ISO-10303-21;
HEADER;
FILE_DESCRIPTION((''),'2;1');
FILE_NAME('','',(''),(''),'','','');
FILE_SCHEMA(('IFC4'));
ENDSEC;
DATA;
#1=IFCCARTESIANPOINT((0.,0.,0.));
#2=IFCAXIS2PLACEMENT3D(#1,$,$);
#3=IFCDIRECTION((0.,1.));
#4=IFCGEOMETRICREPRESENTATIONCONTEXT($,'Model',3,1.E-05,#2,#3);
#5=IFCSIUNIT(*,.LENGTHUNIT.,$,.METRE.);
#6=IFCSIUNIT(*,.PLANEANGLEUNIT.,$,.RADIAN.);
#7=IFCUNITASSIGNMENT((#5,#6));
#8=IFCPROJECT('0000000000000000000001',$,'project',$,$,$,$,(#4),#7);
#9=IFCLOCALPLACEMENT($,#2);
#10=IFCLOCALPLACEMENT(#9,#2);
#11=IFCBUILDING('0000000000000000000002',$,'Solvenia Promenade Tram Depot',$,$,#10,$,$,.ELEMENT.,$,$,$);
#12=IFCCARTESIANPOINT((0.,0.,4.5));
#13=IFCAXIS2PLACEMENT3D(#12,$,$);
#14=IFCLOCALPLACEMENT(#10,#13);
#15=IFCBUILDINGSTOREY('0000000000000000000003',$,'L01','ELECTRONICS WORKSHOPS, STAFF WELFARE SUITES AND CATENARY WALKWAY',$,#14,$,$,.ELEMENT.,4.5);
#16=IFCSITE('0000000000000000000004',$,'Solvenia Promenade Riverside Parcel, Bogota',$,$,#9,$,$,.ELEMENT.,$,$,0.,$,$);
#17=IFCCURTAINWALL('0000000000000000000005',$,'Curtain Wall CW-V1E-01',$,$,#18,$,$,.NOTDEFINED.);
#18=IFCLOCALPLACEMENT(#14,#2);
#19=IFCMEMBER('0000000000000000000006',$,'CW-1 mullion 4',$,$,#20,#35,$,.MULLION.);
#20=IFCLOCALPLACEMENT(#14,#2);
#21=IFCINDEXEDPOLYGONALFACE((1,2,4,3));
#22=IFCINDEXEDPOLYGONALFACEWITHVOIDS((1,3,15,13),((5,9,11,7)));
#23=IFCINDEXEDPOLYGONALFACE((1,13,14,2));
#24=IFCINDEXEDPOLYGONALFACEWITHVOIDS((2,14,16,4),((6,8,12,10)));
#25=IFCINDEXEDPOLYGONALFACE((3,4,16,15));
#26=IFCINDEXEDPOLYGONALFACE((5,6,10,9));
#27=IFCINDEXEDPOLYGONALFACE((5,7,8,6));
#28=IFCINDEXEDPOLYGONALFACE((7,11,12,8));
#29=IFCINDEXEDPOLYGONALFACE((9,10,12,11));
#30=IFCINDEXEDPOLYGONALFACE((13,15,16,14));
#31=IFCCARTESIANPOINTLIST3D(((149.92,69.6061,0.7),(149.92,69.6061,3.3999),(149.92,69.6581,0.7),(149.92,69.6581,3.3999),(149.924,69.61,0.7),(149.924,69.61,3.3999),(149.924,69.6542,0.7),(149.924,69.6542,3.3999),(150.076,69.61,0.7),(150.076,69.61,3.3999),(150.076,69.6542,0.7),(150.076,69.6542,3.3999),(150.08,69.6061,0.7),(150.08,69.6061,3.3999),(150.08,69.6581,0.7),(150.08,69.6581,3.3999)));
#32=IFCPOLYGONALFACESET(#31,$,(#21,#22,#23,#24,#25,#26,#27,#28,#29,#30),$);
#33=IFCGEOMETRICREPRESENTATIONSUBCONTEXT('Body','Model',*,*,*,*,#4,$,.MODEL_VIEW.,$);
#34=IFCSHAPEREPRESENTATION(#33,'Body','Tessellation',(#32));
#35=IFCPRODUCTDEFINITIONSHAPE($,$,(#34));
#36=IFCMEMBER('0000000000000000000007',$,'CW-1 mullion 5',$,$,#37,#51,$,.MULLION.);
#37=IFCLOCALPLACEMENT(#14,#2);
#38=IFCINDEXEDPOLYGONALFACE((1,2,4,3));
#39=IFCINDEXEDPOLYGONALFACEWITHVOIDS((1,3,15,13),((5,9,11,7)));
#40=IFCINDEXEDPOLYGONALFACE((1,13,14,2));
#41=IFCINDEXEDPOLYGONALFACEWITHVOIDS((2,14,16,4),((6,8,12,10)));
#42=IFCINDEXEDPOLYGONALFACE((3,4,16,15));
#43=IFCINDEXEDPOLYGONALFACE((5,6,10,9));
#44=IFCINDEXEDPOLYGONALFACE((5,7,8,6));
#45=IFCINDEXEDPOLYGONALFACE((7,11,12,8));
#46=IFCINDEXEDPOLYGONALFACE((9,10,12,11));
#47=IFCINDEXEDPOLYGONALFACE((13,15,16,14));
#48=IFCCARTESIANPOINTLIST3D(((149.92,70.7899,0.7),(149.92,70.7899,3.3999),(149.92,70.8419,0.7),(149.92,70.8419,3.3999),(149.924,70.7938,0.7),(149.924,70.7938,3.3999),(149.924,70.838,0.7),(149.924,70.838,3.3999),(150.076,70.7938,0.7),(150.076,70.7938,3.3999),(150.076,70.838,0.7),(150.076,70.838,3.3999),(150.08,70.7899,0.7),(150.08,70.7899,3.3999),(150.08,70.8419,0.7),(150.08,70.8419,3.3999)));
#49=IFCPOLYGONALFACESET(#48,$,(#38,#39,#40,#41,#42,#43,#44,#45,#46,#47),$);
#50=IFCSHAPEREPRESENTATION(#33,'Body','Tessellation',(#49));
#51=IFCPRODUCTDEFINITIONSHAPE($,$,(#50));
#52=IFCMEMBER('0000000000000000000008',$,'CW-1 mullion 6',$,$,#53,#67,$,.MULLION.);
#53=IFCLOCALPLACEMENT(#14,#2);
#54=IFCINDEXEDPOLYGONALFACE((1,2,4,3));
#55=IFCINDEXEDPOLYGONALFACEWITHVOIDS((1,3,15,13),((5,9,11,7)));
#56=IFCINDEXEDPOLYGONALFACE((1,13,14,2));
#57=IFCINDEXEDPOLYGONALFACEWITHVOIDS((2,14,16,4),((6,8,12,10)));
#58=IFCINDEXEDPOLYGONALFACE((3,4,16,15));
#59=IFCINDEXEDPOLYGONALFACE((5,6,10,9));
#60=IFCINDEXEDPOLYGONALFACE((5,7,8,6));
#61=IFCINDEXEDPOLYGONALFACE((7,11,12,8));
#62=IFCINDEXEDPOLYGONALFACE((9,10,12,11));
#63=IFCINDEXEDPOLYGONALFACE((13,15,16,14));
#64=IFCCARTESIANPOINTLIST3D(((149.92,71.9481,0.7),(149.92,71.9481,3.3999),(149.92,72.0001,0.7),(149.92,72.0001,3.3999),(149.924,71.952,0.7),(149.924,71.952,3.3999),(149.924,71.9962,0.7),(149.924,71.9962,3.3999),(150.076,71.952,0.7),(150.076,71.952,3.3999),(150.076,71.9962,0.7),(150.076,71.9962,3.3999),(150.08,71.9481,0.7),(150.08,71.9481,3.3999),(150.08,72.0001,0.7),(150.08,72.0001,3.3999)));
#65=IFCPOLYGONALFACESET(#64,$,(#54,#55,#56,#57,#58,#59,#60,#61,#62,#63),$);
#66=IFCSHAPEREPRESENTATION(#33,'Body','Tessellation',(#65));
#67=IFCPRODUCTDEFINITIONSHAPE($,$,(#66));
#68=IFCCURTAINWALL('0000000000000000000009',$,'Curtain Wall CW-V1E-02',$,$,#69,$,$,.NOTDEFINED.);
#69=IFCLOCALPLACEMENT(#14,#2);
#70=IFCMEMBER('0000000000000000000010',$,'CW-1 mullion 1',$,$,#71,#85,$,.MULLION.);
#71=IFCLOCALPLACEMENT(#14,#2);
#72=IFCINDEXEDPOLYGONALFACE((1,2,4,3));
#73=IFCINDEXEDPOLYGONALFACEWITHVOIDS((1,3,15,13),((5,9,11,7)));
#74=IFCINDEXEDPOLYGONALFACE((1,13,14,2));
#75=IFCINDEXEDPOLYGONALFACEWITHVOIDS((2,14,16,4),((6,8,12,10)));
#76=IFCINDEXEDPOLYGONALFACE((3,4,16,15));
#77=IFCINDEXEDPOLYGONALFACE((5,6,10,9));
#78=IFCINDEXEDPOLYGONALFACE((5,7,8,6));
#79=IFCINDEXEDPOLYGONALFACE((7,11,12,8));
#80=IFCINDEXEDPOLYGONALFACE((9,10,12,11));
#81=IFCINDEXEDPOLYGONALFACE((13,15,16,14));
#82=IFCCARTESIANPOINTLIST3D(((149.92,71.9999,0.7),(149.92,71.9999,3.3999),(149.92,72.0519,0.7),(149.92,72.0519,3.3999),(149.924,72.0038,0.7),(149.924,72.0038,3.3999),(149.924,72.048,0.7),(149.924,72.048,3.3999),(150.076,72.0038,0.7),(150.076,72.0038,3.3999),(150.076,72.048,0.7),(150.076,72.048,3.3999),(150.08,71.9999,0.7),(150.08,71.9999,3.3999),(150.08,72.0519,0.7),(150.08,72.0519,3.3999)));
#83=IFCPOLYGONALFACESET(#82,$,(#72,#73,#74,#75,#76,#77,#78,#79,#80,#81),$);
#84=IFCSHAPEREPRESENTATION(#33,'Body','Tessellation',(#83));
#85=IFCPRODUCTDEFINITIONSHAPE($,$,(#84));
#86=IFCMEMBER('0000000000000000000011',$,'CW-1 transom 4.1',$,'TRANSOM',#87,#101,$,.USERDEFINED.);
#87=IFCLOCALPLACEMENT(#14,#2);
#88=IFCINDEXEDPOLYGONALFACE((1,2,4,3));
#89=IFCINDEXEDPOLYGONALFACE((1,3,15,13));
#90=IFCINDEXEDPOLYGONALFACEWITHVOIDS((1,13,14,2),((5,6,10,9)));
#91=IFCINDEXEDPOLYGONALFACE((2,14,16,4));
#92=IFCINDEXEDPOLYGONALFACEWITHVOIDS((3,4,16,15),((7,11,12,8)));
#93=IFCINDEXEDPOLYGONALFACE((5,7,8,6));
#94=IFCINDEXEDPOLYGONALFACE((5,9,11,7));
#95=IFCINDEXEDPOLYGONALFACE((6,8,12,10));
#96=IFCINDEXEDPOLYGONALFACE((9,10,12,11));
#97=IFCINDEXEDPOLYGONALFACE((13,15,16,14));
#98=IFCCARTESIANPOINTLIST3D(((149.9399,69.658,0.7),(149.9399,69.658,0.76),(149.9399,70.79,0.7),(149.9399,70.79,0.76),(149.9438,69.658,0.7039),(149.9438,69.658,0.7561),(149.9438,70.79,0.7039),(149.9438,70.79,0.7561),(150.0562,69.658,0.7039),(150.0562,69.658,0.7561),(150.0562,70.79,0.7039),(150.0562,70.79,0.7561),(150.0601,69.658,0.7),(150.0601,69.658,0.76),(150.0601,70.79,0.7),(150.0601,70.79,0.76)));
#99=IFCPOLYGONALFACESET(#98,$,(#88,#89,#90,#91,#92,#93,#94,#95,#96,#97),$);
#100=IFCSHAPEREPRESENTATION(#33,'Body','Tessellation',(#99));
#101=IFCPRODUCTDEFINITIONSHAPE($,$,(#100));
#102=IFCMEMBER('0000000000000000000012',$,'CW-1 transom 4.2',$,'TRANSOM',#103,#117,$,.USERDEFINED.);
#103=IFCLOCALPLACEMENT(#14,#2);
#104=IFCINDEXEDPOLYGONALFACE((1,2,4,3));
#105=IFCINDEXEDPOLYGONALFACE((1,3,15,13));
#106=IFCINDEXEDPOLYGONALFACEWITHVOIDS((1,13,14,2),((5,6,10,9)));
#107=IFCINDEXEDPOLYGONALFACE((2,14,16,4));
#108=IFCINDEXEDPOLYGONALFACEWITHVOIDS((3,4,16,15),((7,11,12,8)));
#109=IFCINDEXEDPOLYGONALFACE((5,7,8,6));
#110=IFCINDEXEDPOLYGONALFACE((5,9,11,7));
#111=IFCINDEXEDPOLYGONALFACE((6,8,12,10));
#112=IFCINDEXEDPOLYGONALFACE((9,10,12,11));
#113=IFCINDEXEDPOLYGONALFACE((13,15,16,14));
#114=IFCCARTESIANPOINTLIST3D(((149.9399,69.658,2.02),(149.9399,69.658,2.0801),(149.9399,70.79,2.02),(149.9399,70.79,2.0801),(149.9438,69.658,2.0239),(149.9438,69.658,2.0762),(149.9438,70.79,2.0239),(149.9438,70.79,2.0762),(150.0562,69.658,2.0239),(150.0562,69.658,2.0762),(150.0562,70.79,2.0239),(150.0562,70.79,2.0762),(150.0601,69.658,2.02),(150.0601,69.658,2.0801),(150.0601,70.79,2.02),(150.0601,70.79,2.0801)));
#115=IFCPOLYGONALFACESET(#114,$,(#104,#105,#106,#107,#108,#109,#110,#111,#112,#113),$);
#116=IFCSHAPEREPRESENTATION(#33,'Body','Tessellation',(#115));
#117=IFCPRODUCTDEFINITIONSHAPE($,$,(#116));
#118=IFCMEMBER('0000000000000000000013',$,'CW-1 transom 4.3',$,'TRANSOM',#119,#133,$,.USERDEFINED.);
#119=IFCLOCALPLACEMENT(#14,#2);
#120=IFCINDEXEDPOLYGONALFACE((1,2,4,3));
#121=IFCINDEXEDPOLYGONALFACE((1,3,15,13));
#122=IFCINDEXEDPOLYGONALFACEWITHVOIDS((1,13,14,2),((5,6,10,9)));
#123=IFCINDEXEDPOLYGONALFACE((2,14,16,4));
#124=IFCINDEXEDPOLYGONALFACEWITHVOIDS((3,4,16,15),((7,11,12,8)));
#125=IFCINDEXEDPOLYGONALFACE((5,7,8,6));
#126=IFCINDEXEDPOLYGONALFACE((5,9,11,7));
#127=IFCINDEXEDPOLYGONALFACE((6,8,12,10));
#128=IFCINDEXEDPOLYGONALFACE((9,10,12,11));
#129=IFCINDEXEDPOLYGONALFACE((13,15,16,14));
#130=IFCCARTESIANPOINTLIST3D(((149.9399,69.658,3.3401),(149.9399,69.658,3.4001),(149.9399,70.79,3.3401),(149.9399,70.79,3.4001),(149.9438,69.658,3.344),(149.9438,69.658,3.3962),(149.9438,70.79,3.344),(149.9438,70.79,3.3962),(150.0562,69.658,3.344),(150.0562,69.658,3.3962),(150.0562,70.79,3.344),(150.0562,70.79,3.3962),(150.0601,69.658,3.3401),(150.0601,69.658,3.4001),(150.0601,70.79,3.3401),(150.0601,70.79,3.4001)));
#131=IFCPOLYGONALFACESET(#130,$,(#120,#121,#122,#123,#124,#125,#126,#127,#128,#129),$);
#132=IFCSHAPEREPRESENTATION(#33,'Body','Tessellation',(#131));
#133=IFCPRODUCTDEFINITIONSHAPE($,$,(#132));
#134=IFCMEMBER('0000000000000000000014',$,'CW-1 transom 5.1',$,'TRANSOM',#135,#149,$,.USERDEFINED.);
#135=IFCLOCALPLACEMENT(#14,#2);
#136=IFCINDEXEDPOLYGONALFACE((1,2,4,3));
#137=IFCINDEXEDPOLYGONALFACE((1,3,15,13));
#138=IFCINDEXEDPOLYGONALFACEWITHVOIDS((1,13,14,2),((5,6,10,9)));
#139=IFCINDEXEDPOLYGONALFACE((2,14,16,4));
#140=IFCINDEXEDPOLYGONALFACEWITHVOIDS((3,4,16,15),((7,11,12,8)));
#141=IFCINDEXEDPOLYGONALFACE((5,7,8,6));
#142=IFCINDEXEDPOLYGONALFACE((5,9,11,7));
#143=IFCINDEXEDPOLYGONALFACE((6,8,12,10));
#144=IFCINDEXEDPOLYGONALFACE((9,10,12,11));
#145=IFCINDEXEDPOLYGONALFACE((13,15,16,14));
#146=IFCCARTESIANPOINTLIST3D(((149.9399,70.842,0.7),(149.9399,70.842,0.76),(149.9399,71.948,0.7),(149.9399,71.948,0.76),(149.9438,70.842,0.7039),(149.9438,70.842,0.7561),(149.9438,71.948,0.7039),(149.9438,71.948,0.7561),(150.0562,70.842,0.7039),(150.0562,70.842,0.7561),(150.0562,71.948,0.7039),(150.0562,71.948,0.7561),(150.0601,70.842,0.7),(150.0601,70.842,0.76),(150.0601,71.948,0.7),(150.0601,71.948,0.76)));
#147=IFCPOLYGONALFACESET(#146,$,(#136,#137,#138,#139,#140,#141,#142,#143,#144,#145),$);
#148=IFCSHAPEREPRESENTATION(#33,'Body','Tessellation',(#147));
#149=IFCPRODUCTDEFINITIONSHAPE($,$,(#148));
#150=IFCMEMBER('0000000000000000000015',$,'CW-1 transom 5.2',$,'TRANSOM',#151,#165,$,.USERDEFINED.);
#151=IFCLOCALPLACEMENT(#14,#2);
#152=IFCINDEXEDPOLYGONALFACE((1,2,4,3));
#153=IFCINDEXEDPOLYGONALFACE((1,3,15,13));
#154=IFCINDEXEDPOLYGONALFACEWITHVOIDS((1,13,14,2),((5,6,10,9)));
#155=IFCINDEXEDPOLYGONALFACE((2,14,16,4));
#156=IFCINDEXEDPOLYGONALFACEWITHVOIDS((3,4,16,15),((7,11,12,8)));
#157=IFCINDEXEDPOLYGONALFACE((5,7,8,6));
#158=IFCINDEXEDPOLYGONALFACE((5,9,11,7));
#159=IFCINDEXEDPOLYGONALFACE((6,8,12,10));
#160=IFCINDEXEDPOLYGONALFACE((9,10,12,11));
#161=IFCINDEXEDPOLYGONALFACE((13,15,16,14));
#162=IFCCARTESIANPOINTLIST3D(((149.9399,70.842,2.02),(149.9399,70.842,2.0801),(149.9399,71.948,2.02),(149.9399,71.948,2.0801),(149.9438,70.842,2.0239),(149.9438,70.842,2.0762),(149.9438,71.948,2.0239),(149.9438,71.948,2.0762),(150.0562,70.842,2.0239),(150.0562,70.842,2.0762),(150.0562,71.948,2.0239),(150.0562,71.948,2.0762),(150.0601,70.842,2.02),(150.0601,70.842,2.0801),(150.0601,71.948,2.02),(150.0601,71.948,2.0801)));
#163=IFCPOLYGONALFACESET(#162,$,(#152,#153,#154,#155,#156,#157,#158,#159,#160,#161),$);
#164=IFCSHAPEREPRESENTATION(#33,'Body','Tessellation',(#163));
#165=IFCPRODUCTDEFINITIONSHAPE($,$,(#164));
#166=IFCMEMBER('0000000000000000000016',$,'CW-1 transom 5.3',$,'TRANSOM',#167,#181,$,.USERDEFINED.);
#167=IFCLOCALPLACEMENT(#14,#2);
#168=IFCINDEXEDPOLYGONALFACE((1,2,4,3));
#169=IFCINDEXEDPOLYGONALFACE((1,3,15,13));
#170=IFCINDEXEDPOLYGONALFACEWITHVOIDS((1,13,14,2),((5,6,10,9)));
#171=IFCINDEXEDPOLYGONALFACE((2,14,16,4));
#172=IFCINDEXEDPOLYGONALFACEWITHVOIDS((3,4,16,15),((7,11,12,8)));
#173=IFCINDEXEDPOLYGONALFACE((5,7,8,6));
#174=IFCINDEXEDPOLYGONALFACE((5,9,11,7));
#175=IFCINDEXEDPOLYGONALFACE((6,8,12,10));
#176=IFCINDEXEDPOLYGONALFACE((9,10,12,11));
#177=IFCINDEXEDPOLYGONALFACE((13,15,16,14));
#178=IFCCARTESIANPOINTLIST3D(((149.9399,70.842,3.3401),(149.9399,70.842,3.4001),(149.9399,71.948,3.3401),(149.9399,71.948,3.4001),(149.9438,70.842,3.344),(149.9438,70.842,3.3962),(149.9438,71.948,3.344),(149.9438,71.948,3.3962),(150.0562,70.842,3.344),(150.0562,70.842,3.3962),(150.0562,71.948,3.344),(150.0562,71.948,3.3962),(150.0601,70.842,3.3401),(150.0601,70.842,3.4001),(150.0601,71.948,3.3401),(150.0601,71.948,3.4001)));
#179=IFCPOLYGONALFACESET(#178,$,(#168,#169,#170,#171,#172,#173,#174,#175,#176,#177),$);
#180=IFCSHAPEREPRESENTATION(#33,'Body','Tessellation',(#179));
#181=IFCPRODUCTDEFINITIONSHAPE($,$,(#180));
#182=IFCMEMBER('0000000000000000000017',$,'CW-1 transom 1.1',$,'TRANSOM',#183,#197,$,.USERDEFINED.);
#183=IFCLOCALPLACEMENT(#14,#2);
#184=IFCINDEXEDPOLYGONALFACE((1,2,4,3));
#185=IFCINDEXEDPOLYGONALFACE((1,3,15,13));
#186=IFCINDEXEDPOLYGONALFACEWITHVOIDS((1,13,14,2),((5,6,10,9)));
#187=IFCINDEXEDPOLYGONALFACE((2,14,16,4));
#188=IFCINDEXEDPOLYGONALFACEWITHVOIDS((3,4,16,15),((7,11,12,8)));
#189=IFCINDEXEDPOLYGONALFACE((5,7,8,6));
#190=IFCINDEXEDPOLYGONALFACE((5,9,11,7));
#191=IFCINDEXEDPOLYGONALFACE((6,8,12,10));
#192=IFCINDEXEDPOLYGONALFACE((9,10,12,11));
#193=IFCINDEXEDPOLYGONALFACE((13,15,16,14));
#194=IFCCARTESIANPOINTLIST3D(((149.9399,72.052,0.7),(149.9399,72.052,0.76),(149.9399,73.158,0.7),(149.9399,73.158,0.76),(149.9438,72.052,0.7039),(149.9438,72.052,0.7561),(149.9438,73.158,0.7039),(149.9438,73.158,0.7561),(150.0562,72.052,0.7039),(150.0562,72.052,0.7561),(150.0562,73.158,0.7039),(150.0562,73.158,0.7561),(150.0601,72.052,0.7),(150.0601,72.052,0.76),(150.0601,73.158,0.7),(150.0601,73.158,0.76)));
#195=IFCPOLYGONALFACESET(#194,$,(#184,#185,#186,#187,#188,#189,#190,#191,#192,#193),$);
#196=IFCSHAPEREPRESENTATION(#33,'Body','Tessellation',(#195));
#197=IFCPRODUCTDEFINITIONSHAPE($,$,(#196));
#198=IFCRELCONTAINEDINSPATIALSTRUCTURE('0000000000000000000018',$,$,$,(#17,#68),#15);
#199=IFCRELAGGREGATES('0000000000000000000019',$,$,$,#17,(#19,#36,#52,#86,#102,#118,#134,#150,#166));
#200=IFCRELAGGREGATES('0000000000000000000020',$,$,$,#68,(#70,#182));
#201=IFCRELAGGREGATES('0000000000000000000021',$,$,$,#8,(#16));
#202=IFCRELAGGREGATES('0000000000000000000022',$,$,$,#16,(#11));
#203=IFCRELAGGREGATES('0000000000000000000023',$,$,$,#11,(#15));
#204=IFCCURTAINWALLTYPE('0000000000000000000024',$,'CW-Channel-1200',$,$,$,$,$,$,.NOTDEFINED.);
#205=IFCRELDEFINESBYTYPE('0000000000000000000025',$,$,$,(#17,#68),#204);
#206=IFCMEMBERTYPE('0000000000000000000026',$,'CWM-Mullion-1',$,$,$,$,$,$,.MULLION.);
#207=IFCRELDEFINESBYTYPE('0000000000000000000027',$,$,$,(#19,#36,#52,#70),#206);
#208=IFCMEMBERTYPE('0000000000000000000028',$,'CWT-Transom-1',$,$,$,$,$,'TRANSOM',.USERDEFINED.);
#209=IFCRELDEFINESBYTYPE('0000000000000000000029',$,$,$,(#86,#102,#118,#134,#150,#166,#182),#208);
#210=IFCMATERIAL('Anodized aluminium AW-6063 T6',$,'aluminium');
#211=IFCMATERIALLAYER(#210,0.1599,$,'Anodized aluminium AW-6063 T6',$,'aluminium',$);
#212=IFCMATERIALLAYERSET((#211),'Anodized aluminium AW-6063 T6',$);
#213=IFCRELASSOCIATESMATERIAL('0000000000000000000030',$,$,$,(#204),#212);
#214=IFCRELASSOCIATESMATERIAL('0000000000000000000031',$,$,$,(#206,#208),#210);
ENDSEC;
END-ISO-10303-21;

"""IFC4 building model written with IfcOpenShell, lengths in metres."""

from ifc_helpers import new_model, si_unit, direction, frame, origin, origin_2d, place, context, subcontext, project, spatial, hollow_rectangle, extrude, material, layer, layer_set, material_profile, profile_set, type_object, element, aggregate, save


model = new_model("IFC4")

# Units and contexts
model_context = context("Model", 3, precision=1e-05, world=origin(), true_north=direction((0.0, 1.0)))
body_context = subcontext(model_context, "Body", "Model", "MODEL_VIEW")
ifc_project = project(units=[si_unit("LENGTHUNIT", "METRE"), si_unit("PLANEANGLEUNIT", "RADIAN")], contexts=[model_context])

# Site, building, storey
site_placement = place(None, origin())
site = spatial("IfcSite", under=ifc_project, at=site_placement, Name="Solvenia Promenade Riverside Parcel, Bogota", CompositionType="ELEMENT", RefElevation=0.0)
building_placement = place(site_placement, origin())
building = spatial("IfcBuilding", under=site, at=building_placement, Name="Solvenia Promenade Tram Depot", CompositionType="ELEMENT")
storey_placement = place(building_placement, frame((0.0, 0.0, 4.5)))
storey = spatial("IfcBuildingStorey", under=building, at=storey_placement, Name="L01", Description="ELECTRONICS WORKSHOPS, STAFF WELFARE SUITES AND CATENARY WALKWAY", CompositionType="ELEMENT", Elevation=4.5)

# Curtain wall, members
ifc_material_1 = material(Name="Anodized aluminium AW-6063 T6", Category="aluminium")
ifc_layer_1 = layer(ifc_material_1, 0.1599, Name="Anodized aluminium AW-6063 T6", Category="aluminium")
ifc_layer_set_1 = layer_set([ifc_layer_1], Name="Anodized aluminium AW-6063 T6")
curtain_wall_type = type_object("IfcCurtainWallType", Name="CW-Channel-1200", PredefinedType="NOTDEFINED", material=ifc_layer_set_1)
curtain_wall_1_placement = place(storey_placement, origin())
curtain_wall_1 = element("IfcCurtainWall", 1, at=curtain_wall_1_placement, inside=storey, type_object=curtain_wall_type, Name="Curtain Wall CW-V1E-01", PredefinedType="NOTDEFINED")
ifc_material_profile_1 = material_profile(ifc_material_1, hollow_rectangle(XDim=0.1599, YDim=0.052, WallThickness=0.0039, at=origin_2d()), Name="ALU-M1", Category="aluminium")
ifc_profile_set_1 = profile_set([ifc_material_profile_1], Name="Anodized aluminium AW-6063 T6")
member_type_1 = type_object("IfcMemberType", Name="CWM-Mullion-1", PredefinedType="MULLION", material=ifc_profile_set_1)
member_1_placement = place(storey_placement, frame((150.0, 69.6321, 0.7), z_axis=(0.0, 0.0, 1.0), x_axis=(-1.0, 0.0, 0.0)))
member_1 = element("IfcMember", 2, at=member_1_placement, type_object=member_type_1, Name="CW-1 mullion 4", PredefinedType="MULLION", context=body_context, shape_type="SweptSolid", body=[
    extrude(hollow_rectangle(XDim=0.1599, YDim=0.052, WallThickness=0.0039, at=origin_2d()), origin(), (0.0, 0.0, 1.0), 2.7),
])
member_2_placement = place(storey_placement, frame((150.0, 70.8159, 0.7), z_axis=(0.0, 0.0, 1.0), x_axis=(-1.0, 0.0, 0.0)))
member_2 = element("IfcMember", 3, at=member_2_placement, type_object=member_type_1, Name="CW-1 mullion 5", PredefinedType="MULLION", context=body_context, shape_type="SweptSolid", body=[
    extrude(hollow_rectangle(XDim=0.1599, YDim=0.052, WallThickness=0.0039, at=origin_2d()), origin(), (0.0, 0.0, 1.0), 2.7),
])
member_3_placement = place(storey_placement, frame((150.0, 71.9741, 0.7), z_axis=(0.0, 0.0, 1.0), x_axis=(-1.0, 0.0, 0.0)))
member_3 = element("IfcMember", 4, at=member_3_placement, type_object=member_type_1, Name="CW-1 mullion 6", PredefinedType="MULLION", context=body_context, shape_type="SweptSolid", body=[
    extrude(hollow_rectangle(XDim=0.1599, YDim=0.052, WallThickness=0.0039, at=origin_2d()), origin(), (0.0, 0.0, 1.0), 2.7),
])

# Curtain wall, member
curtain_wall_2_placement = place(storey_placement, origin())
curtain_wall_2 = element("IfcCurtainWall", 5, at=curtain_wall_2_placement, inside=storey, type_object=curtain_wall_type, Name="Curtain Wall CW-V1E-02", PredefinedType="NOTDEFINED")
member_4_placement = place(storey_placement, frame((150.0, 72.0259, 0.7), z_axis=(0.0, 0.0, 1.0), x_axis=(-1.0, 0.0, 0.0)))
member_4 = element("IfcMember", 6, at=member_4_placement, type_object=member_type_1, Name="CW-1 mullion 1", PredefinedType="MULLION", context=body_context, shape_type="SweptSolid", body=[
    extrude(hollow_rectangle(XDim=0.1599, YDim=0.052, WallThickness=0.0039, at=origin_2d()), origin(), (0.0, 0.0, 1.0), 2.7),
])

# Members
ifc_material_profile_2 = material_profile(ifc_material_1, hollow_rectangle(XDim=0.1201, YDim=0.0601, WallThickness=0.0039, at=origin_2d()), Name="ALU-T1", Category="aluminium")
ifc_profile_set_2 = profile_set([ifc_material_profile_2], Name="Anodized aluminium AW-6063 T6")
member_type_2 = type_object("IfcMemberType", Name="CWT-Transom-1", ElementType="TRANSOM", PredefinedType="USERDEFINED", material=ifc_profile_set_2)
member_5_placement = place(storey_placement, frame((150.0, 69.658, 0.73), z_axis=(0.0, 1.0, 0.0), x_axis=(-1.0, 0.0, 0.0)))
member_5 = element("IfcMember", 7, at=member_5_placement, type_object=member_type_2, Name="CW-1 transom 4.1", ObjectType="TRANSOM", PredefinedType="USERDEFINED", context=body_context, shape_type="SweptSolid", body=[
    extrude(hollow_rectangle(XDim=0.1201, YDim=0.0601, WallThickness=0.0039, at=origin_2d()), origin(), (0.0, 0.0, 1.0), 1.1321),
])
member_6_placement = place(storey_placement, frame((150.0, 69.658, 2.05), z_axis=(0.0, 1.0, 0.0), x_axis=(-1.0, 0.0, 0.0)))
member_6 = element("IfcMember", 8, at=member_6_placement, type_object=member_type_2, Name="CW-1 transom 4.2", ObjectType="TRANSOM", PredefinedType="USERDEFINED", context=body_context, shape_type="SweptSolid", body=[
    extrude(hollow_rectangle(XDim=0.1201, YDim=0.0601, WallThickness=0.0039, at=origin_2d()), origin(), (0.0, 0.0, 1.0), 1.1321),
])
member_7_placement = place(storey_placement, frame((150.0, 69.658, 3.3701), z_axis=(0.0, 1.0, 0.0), x_axis=(-1.0, 0.0, 0.0)))
member_7 = element("IfcMember", 9, at=member_7_placement, type_object=member_type_2, Name="CW-1 transom 4.3", ObjectType="TRANSOM", PredefinedType="USERDEFINED", context=body_context, shape_type="SweptSolid", body=[
    extrude(hollow_rectangle(XDim=0.1201, YDim=0.0601, WallThickness=0.0039, at=origin_2d()), origin(), (0.0, 0.0, 1.0), 1.1321),
])
member_8_placement = place(storey_placement, frame((150.0, 70.842, 0.73), z_axis=(0.0, 1.0, 0.0), x_axis=(-1.0, 0.0, 0.0)))
member_8 = element("IfcMember", 10, at=member_8_placement, type_object=member_type_2, Name="CW-1 transom 5.1", ObjectType="TRANSOM", PredefinedType="USERDEFINED", context=body_context, shape_type="SweptSolid", body=[
    extrude(hollow_rectangle(XDim=0.1201, YDim=0.0601, WallThickness=0.0039, at=origin_2d()), origin(), (0.0, 0.0, 1.0), 1.106),
])
member_9_placement = place(storey_placement, frame((150.0, 70.842, 2.05), z_axis=(0.0, 1.0, 0.0), x_axis=(-1.0, 0.0, 0.0)))
member_9 = element("IfcMember", 11, at=member_9_placement, type_object=member_type_2, Name="CW-1 transom 5.2", ObjectType="TRANSOM", PredefinedType="USERDEFINED", context=body_context, shape_type="SweptSolid", body=[
    extrude(hollow_rectangle(XDim=0.1201, YDim=0.0601, WallThickness=0.0039, at=origin_2d()), origin(), (0.0, 0.0, 1.0), 1.106),
])
member_10_placement = place(storey_placement, frame((150.0, 70.842, 3.3701), z_axis=(0.0, 1.0, 0.0), x_axis=(-1.0, 0.0, 0.0)))
member_10 = element("IfcMember", 12, at=member_10_placement, type_object=member_type_2, Name="CW-1 transom 5.3", ObjectType="TRANSOM", PredefinedType="USERDEFINED", context=body_context, shape_type="SweptSolid", body=[
    extrude(hollow_rectangle(XDim=0.1201, YDim=0.0601, WallThickness=0.0039, at=origin_2d()), origin(), (0.0, 0.0, 1.0), 1.106),
])
member_11_placement = place(storey_placement, frame((150.0, 72.052, 0.73), z_axis=(0.0, 1.0, 0.0), x_axis=(-1.0, 0.0, 0.0)))
member_11 = element("IfcMember", 13, at=member_11_placement, type_object=member_type_2, Name="CW-1 transom 1.1", ObjectType="TRANSOM", PredefinedType="USERDEFINED", context=body_context, shape_type="SweptSolid", body=[
    extrude(hollow_rectangle(XDim=0.1201, YDim=0.0601, WallThickness=0.0039, at=origin_2d()), origin(), (0.0, 0.0, 1.0), 1.106),
])

aggregate(curtain_wall_1, [member_1, member_2, member_3, member_5, member_6, member_7, member_8, member_9, member_10])
aggregate(curtain_wall_2, [member_4, member_11])

save(model, "model.ifc")
